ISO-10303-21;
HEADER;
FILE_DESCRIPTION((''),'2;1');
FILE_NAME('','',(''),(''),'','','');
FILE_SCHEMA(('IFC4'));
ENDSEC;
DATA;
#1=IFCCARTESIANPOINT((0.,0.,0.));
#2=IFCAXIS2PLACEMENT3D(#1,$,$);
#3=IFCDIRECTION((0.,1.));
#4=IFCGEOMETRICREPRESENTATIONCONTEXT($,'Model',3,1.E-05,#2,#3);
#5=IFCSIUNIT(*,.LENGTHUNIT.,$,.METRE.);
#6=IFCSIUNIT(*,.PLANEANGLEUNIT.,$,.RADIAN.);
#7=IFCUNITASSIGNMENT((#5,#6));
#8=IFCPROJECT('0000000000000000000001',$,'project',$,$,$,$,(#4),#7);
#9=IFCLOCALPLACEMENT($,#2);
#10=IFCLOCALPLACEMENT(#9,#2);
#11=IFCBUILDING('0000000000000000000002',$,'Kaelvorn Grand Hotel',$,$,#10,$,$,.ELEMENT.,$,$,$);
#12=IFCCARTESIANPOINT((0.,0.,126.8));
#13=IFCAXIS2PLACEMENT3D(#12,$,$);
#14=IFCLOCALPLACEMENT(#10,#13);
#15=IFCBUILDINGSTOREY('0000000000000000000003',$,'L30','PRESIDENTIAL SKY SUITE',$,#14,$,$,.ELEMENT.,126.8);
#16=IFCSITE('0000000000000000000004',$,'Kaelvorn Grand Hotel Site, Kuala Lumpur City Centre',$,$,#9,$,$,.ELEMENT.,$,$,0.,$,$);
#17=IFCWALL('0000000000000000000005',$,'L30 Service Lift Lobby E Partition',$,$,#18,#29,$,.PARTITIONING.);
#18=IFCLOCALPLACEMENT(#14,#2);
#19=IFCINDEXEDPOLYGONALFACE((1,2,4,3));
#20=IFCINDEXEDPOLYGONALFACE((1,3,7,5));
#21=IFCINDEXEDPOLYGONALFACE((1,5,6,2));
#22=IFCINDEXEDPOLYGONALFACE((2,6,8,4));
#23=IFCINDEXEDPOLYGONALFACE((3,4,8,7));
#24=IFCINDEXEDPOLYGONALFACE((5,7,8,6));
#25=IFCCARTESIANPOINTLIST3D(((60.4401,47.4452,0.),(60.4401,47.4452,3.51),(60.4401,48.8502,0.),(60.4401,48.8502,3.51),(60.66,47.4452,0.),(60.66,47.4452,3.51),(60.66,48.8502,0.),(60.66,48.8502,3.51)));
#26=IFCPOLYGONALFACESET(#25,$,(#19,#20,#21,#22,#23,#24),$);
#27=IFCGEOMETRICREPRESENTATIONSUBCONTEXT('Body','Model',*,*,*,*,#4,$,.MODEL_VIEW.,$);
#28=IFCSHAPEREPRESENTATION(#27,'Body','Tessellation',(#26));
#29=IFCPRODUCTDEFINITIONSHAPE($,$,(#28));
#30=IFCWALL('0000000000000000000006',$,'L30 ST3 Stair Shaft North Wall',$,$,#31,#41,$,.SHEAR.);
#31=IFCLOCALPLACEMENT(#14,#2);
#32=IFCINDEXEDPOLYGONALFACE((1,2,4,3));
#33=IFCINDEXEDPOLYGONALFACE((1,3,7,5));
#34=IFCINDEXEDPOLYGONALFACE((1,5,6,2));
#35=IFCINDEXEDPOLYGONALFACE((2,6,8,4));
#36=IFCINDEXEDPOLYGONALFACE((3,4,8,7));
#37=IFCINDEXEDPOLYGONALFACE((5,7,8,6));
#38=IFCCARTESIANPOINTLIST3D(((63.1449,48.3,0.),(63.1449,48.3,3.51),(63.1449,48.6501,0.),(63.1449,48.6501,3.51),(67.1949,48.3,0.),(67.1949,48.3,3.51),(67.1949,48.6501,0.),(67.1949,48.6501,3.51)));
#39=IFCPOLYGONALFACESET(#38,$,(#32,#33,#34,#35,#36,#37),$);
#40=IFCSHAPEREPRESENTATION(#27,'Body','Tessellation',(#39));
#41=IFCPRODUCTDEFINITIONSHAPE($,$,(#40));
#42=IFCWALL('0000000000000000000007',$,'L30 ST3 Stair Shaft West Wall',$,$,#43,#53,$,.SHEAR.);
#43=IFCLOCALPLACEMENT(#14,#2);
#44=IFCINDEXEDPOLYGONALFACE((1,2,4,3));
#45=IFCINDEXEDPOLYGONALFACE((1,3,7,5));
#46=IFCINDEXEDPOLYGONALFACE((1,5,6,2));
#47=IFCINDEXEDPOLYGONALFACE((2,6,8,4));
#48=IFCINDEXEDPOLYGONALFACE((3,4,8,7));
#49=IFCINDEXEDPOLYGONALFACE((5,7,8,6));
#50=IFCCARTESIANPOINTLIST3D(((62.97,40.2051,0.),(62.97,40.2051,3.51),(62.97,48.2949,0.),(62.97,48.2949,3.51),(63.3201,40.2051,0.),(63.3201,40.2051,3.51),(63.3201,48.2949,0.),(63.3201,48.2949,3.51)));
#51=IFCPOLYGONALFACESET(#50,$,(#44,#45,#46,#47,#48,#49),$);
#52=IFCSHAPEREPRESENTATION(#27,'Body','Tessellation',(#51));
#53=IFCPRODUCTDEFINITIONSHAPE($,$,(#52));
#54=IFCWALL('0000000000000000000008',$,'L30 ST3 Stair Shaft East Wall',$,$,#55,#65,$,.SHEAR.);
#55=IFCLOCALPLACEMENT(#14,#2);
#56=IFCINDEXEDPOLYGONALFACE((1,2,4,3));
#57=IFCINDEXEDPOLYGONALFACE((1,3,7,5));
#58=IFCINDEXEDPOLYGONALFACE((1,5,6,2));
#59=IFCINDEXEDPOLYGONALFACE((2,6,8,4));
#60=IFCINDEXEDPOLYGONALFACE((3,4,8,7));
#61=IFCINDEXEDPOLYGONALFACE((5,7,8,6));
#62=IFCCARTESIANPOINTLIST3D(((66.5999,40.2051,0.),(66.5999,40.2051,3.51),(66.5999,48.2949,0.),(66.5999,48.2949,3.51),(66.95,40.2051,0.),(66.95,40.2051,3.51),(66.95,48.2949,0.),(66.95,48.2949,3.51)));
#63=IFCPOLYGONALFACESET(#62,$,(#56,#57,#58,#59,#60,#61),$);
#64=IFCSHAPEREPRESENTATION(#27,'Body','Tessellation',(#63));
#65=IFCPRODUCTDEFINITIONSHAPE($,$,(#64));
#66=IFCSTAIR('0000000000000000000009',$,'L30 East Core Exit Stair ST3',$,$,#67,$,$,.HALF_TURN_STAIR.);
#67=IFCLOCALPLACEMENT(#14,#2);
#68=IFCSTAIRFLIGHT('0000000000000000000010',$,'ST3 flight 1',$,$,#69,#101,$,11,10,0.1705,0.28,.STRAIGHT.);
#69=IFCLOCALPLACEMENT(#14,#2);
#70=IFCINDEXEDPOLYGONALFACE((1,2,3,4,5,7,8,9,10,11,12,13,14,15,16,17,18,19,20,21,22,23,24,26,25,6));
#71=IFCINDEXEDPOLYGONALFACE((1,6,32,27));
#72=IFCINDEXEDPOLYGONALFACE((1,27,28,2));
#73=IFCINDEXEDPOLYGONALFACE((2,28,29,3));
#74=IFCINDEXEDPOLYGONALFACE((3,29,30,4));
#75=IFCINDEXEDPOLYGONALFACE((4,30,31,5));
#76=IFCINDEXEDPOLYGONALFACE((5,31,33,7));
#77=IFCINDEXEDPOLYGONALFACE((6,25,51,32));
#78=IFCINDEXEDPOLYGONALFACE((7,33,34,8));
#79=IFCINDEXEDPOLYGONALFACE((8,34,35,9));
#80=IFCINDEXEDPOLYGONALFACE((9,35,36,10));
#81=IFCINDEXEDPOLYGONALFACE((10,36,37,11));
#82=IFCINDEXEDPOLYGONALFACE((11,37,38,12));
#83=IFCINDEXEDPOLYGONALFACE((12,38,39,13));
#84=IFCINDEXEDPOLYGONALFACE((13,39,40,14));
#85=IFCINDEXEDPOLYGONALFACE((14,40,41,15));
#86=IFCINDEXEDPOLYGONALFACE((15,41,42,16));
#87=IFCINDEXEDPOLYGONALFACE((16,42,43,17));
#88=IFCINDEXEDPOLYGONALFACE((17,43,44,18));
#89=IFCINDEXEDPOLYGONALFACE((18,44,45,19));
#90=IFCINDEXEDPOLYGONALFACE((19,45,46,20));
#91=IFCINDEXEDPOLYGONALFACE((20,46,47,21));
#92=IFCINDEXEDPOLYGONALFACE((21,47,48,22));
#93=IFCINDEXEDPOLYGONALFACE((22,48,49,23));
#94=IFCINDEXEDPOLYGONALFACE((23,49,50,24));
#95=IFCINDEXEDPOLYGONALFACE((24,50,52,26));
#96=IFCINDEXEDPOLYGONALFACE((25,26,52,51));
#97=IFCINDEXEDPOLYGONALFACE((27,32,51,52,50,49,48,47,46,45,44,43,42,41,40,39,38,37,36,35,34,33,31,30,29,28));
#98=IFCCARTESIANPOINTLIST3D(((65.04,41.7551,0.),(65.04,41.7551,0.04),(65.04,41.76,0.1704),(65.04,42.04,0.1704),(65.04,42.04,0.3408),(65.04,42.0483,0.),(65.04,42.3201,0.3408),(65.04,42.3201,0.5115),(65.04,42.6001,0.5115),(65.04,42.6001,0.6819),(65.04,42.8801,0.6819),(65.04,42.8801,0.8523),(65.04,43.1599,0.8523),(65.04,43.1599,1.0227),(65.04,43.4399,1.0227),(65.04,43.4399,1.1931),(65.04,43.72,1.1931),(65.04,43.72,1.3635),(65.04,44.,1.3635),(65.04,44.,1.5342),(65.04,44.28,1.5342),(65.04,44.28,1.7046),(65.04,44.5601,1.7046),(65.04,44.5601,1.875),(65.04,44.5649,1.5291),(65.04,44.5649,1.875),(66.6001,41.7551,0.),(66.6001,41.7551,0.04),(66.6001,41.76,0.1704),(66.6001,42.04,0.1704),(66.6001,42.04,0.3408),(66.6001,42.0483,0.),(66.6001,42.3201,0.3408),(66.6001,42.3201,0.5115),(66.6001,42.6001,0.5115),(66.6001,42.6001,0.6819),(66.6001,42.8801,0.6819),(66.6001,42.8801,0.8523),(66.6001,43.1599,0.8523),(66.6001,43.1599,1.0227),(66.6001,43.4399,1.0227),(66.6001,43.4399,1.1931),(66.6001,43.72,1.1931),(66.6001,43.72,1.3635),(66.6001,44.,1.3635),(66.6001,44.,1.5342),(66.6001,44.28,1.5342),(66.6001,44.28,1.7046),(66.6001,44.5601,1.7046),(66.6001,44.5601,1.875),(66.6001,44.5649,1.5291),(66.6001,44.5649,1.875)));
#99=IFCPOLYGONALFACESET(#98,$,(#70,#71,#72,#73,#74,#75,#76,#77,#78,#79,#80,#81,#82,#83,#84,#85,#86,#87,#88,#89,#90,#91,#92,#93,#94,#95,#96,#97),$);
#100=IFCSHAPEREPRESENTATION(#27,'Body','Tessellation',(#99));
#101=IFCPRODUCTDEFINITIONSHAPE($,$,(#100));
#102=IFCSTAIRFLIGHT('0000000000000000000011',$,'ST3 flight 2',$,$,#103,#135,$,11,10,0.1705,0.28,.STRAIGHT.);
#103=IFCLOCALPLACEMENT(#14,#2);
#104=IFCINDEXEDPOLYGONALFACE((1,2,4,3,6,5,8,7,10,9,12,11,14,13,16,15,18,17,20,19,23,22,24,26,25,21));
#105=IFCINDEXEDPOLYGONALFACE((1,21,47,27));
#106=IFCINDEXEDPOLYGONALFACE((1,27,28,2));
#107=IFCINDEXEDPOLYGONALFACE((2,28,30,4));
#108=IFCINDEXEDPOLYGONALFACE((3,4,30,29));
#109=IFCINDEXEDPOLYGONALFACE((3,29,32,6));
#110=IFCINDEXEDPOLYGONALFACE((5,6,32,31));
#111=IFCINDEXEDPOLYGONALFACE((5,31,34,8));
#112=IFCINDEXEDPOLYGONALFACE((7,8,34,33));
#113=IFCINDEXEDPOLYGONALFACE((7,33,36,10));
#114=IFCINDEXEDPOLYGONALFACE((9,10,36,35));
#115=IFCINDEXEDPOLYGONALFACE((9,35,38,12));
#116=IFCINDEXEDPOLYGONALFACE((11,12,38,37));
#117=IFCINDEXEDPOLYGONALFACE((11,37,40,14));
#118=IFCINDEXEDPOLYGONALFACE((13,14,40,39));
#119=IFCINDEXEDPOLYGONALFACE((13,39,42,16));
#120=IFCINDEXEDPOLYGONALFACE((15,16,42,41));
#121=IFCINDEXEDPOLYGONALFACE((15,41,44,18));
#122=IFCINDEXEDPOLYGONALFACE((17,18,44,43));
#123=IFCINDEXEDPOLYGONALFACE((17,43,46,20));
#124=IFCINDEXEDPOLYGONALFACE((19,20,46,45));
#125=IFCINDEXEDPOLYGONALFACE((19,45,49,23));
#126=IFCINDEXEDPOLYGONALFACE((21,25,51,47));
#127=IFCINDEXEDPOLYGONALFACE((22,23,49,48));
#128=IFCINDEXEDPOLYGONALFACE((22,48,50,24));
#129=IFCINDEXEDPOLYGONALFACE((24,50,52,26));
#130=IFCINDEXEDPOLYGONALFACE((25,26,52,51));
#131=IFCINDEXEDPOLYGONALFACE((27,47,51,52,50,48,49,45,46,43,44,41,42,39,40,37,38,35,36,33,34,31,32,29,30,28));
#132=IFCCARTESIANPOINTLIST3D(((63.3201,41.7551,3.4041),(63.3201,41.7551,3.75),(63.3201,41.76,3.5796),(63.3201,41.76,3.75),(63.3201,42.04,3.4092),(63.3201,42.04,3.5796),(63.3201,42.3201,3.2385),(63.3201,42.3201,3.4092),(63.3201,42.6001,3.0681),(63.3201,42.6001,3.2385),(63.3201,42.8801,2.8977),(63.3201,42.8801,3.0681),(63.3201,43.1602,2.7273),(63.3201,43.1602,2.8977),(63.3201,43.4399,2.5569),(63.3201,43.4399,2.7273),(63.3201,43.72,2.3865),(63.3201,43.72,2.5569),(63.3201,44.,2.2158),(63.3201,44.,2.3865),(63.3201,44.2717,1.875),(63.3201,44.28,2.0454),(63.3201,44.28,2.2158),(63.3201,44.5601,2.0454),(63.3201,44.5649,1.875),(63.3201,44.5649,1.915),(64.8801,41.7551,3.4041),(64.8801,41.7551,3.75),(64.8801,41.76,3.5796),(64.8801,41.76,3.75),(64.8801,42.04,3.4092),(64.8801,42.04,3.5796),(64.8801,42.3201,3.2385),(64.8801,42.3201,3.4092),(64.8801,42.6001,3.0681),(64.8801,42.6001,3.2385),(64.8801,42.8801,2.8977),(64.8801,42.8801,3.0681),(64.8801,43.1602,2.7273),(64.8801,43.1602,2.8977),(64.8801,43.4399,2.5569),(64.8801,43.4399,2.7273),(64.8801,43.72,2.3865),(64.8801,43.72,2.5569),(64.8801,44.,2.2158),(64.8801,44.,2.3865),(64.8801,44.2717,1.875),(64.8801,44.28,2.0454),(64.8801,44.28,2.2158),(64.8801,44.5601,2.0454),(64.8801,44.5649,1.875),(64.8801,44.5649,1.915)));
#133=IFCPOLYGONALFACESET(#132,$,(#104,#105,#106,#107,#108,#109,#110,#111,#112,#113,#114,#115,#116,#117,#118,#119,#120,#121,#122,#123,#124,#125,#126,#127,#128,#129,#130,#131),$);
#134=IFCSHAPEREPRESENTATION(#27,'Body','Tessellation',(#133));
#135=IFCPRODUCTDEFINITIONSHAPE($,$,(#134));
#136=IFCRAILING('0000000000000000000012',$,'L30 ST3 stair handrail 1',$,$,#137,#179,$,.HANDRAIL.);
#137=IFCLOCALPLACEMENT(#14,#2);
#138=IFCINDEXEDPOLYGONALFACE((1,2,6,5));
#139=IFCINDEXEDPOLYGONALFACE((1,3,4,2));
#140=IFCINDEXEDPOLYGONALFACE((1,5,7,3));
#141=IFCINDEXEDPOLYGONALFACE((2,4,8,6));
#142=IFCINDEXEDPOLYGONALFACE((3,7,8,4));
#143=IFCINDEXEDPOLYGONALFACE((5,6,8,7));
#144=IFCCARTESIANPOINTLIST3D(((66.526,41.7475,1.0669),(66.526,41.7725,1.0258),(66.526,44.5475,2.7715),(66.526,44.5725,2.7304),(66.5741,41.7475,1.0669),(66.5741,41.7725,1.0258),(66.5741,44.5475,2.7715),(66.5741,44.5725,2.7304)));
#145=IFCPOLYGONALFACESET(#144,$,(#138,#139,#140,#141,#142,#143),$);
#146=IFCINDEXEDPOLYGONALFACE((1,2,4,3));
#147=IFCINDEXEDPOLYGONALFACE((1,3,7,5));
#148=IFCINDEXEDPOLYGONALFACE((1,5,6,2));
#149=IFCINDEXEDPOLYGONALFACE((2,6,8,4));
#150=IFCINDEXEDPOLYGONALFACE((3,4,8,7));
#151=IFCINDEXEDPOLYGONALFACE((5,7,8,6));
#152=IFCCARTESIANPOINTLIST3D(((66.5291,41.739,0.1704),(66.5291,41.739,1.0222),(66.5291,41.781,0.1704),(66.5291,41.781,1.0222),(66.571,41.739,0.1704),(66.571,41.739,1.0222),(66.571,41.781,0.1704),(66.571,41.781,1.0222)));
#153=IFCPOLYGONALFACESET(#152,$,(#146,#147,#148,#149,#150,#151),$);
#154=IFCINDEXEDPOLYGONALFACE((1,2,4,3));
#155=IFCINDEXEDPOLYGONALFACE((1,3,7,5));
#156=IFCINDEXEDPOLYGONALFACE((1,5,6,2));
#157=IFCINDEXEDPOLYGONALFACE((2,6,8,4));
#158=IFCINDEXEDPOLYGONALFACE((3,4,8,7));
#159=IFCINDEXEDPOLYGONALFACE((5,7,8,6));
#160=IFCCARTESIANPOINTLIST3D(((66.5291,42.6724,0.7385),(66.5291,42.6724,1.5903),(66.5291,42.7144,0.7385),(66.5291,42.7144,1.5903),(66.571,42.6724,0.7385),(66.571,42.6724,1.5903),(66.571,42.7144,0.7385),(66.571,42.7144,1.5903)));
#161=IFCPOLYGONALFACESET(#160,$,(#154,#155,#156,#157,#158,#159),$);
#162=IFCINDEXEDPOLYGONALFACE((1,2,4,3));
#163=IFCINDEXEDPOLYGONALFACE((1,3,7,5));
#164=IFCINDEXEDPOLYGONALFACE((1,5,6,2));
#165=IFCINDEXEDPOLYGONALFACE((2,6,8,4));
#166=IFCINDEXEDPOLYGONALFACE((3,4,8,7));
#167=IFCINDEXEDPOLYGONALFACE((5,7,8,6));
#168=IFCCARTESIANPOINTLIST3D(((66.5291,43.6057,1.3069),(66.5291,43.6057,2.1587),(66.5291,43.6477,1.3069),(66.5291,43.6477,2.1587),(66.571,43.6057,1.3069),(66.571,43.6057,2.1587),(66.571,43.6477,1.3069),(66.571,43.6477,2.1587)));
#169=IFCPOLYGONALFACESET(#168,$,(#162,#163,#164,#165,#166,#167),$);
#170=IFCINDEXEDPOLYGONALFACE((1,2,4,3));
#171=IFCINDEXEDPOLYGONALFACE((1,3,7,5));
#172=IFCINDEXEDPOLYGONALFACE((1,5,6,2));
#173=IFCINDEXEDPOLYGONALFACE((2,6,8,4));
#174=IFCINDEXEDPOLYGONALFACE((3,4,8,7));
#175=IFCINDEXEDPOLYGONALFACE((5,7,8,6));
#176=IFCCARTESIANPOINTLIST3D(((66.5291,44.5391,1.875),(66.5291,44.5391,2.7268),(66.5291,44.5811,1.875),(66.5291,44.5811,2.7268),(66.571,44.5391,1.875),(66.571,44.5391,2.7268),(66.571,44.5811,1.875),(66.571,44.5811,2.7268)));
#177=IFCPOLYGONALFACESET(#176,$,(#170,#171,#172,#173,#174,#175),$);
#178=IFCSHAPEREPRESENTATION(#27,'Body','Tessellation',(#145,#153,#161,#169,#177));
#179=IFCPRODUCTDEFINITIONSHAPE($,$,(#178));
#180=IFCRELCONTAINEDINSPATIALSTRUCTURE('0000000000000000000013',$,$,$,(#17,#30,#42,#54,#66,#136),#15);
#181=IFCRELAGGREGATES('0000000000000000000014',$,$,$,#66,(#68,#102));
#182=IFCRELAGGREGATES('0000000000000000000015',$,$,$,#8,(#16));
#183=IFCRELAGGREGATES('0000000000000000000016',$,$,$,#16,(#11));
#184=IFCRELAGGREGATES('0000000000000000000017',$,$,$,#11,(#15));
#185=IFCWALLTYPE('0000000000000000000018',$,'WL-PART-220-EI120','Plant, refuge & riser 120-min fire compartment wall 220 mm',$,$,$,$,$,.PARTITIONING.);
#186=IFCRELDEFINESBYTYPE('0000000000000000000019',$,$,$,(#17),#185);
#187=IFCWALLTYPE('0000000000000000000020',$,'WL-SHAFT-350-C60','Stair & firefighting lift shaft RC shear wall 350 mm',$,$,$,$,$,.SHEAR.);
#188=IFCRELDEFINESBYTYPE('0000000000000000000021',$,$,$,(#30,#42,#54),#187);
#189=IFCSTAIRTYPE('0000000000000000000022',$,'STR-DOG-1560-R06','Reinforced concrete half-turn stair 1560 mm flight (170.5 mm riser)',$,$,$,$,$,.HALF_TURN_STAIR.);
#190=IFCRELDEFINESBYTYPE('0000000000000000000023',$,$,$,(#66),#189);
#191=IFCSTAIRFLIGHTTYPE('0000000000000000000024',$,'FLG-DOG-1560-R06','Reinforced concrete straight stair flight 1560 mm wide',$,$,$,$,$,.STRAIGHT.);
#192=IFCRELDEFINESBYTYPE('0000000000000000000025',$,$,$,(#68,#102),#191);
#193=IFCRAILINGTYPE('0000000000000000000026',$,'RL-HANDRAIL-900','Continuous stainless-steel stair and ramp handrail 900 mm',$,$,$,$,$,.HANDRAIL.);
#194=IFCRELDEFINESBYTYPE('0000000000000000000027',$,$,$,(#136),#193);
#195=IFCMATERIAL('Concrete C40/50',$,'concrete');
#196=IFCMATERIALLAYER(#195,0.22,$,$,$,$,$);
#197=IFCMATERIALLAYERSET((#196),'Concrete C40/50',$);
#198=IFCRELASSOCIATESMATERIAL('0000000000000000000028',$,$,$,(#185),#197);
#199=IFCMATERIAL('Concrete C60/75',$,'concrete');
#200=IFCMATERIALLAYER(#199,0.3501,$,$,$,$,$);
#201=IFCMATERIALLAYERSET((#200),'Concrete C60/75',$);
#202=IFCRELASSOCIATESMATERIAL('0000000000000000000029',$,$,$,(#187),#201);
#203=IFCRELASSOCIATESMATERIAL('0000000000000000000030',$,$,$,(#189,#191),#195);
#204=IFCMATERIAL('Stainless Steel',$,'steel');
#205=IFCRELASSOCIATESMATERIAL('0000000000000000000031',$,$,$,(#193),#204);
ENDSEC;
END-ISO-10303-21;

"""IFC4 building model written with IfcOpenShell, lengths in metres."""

from ifc_helpers import new_model, si_unit, direction, frame, frame_2d, origin, origin_2d, place, context, subcontext, project, spatial, polyline, rectangle, outline, extrude, material, layer, layer_set, type_object, element, aggregate, save


model = new_model("IFC4")

# Units and contexts
model_context = context("Model", 3, precision=1e-05, world=origin(), true_north=direction((0.0, 1.0)))
body_context = subcontext(model_context, "Body", "Model", "MODEL_VIEW")
ifc_project = project(units=[si_unit("LENGTHUNIT", "METRE"), si_unit("PLANEANGLEUNIT", "RADIAN")], contexts=[model_context])

# Site, building, storey
site_placement = place(None, origin())
site = spatial("IfcSite", under=ifc_project, at=site_placement, Name="Kaelvorn Grand Hotel Site, Kuala Lumpur City Centre", CompositionType="ELEMENT", RefElevation=0.0)
building_placement = place(site_placement, origin())
building = spatial("IfcBuilding", under=site, at=building_placement, Name="Kaelvorn Grand Hotel", CompositionType="ELEMENT")
storey_placement = place(building_placement, frame((0.0, 0.0, 126.8)))
storey = spatial("IfcBuildingStorey", under=building, at=storey_placement, Name="L30", Description="PRESIDENTIAL SKY SUITE", CompositionType="ELEMENT", Elevation=126.8)

# Shared definitions
ifc_material_1 = material(Name="Concrete C60/75", Category="concrete")

# Wall
ifc_material_2 = material(Name="Concrete C40/50", Category="concrete")
ifc_layer_1 = layer(ifc_material_2, 0.22)
ifc_layer_set_1 = layer_set([ifc_layer_1], Name="Concrete C40/50")
wall_type_1 = type_object("IfcWallType", Name="WL-PART-220-EI120", Description="Plant, refuge & riser 120-min fire compartment wall 220 mm", PredefinedType="PARTITIONING", material=ifc_layer_set_1)
wall_1_placement = place(storey_placement, frame((60.55, 47.4451, 0.0), z_axis=(0.0, 0.0, 1.0), x_axis=(0.0, 1.0, 0.0)))
element("IfcWall", 1, at=wall_1_placement, inside=storey, type_object=wall_type_1, Name="L30 Service Lift Lobby E Partition", PredefinedType="PARTITIONING", context=body_context, shape_type="SweptSolid", body=[
    extrude(rectangle(XDim=1.405, YDim=0.22, at=frame_2d((0.7026, 0.0))), origin(), (0.0, 0.0, 1.0), 3.51),
])

# Shared definitions
ifc_layer_2 = layer(ifc_material_1, 0.3501)
ifc_layer_set_2 = layer_set([ifc_layer_2], Name="Concrete C60/75")
wall_type_2 = type_object("IfcWallType", Name="WL-SHAFT-350-C60", Description="Stair & firefighting lift shaft RC shear wall 350 mm", PredefinedType="SHEAR", material=ifc_layer_set_2)

# Walls
wall_2_placement = place(storey_placement, frame((63.145, 48.4751, 0.0), z_axis=(0.0, 0.0, 1.0), x_axis=(1.0, 0.0, 0.0)))
element("IfcWall", 2, at=wall_2_placement, inside=storey, type_object=wall_type_2, Name="L30 ST3 Stair Shaft North Wall", PredefinedType="SHEAR", context=body_context, shape_type="SweptSolid", body=[
    extrude(rectangle(XDim=4.05, YDim=0.3501, at=frame_2d((2.0249, 0.0))), origin(), (0.0, 0.0, 1.0), 3.51),
])
for number, where, z_axis, x_axis, name in (
    (3, (63.145, 40.2051, 0.0), (0.0, 0.0, 1.0), (0.0, 1.0, 0.0), "L30 ST3 Stair Shaft West Wall"),
    (4, (66.7749, 40.2051, 0.0), (0.0, 0.0, 1.0), (0.0, 1.0, 0.0), "L30 ST3 Stair Shaft East Wall"),
):
    element("IfcWall", number, at=place(storey_placement, frame(where, z_axis=z_axis, x_axis=x_axis)), inside=storey, type_object=wall_type_2, Name=name, PredefinedType="SHEAR", context=body_context, shape_type="SweptSolid", body=[
        extrude(rectangle(XDim=8.0898, YDim=0.3501, at=frame_2d((4.0449, 0.0))), origin(), (0.0, 0.0, 1.0), 3.51),
    ])

# Stair, stair flights
stair_type = type_object("IfcStairType", Name="STR-DOG-1560-R06", Description="Reinforced concrete half-turn stair 1560 mm flight (170.5 mm riser)", PredefinedType="HALF_TURN_STAIR", material=ifc_material_2)
stair_placement = place(storey_placement, origin())
stair = element("IfcStair", 5, at=stair_placement, inside=storey, type_object=stair_type, Name="L30 East Core Exit Stair ST3", PredefinedType="HALF_TURN_STAIR")
stair_flight_type = type_object("IfcStairFlightType", Name="FLG-DOG-1560-R06", Description="Reinforced concrete straight stair flight 1560 mm wide", PredefinedType="STRAIGHT", material=ifc_material_2)
stair_flight_1_placement = place(storey_placement, frame((65.8201, 41.76, 0.0), z_axis=(0.0, 0.0, 1.0), x_axis=(0.0, 1.0, 0.0)))
stair_flight_1 = element("IfcStairFlight", 6, at=stair_flight_1_placement, type_object=stair_flight_type, Name="ST3 flight 1", NumberOfRisers=11, NumberOfTreads=10, PredefinedType="STRAIGHT", RiserHeight=0.1705, TreadLength=0.28, context=body_context, shape_type="SweptSolid", body=[
    extrude(outline(polyline([(-0.0049, 0.0), (-0.0049, 0.04), (0.0, 0.1704), (0.28, 0.1704), (0.28, 0.3408), (0.5601, 0.3408), (0.5601, 0.5115), (0.8401, 0.5115), (0.8401, 0.6819), (1.1201, 0.6819), (1.1201, 0.8523), (1.3999, 0.8523), (1.3999, 1.0227), (1.6799, 1.0227), (1.6799, 1.1931), (1.96, 1.1931), (1.96, 1.3635), (2.24, 1.3635), (2.24, 1.5342), (2.52, 1.5342), (2.52, 1.7046), (2.8, 1.7046), (2.8, 1.875), (2.8049, 1.875), (2.8049, 1.5291), (0.2883, 0.0), (-0.0049, 0.0)])), frame((0.0, 0.78, 0.0), z_axis=(0.0, -1.0, 0.0), x_axis=(1.0, 0.0, 0.0)), (0.0, 0.0, 1.0), 1.5601),
])
stair_flight_2_placement = place(storey_placement, frame((64.1001, 44.5601, 1.875), z_axis=(0.0, 0.0, 1.0), x_axis=(0.0, -1.0, 0.0)))
stair_flight_2 = element("IfcStairFlight", 7, at=stair_flight_2_placement, type_object=stair_flight_type, Name="ST3 flight 2", NumberOfRisers=11, NumberOfTreads=10, PredefinedType="STRAIGHT", RiserHeight=0.1705, TreadLength=0.28, context=body_context, shape_type="SweptSolid", body=[
    extrude(outline(polyline([(-0.0049, 0.0), (-0.0049, 0.04), (0.0, 0.1704), (0.28, 0.1704), (0.28, 0.3408), (0.5601, 0.3408), (0.5601, 0.5115), (0.8401, 0.5115), (0.8401, 0.6819), (1.1201, 0.6819), (1.1201, 0.8523), (1.3999, 0.8523), (1.3999, 1.0227), (1.6799, 1.0227), (1.6799, 1.1931), (1.96, 1.1931), (1.96, 1.3635), (2.24, 1.3635), (2.24, 1.5342), (2.52, 1.5342), (2.52, 1.7046), (2.8, 1.7046), (2.8, 1.875), (2.8049, 1.875), (2.8049, 1.5291), (0.2883, 0.0), (-0.0049, 0.0)])), frame((0.0, 0.78, 0.0), z_axis=(0.0, -1.0, 0.0), x_axis=(1.0, 0.0, 0.0)), (0.0, 0.0, 1.0), 1.5601),
])
aggregate(stair, [stair_flight_1, stair_flight_2])

# Railing
ifc_material_3 = material(Name="Stainless Steel", Category="steel")
railing_type_1 = type_object("IfcRailingType", Name="RL-HANDRAIL-900", Description="Continuous stainless-steel stair and ramp handrail 900 mm", PredefinedType="HANDRAIL", material=ifc_material_3)
railing_1_placement = place(storey_placement, frame((66.55, 41.76, 0.1704)))
element("IfcRailing", 8, at=railing_1_placement, inside=storey, type_object=railing_type_1, Name="L30 ST3 stair handrail 1", PredefinedType="HANDRAIL", context=body_context, shape_type="SweptSolid", body=[
    extrude(rectangle(XDim=0.0481, YDim=0.0481, at=origin_2d()), frame((0.0, 0.0, 0.876), z_axis=(0.0, 0.85417, 0.519994), x_axis=(-1.0, 0.0, 0.0)), (0.0, 0.0, 1.0), 3.2781),
    extrude(rectangle(XDim=0.042, YDim=0.042, at=origin_2d()), origin(), (0.0, 0.0, 1.0), 0.8518),
    extrude(rectangle(XDim=0.042, YDim=0.042, at=origin_2d()), frame((0.0, 0.9333, 0.5681)), (0.0, 0.0, 1.0), 0.8518),
    extrude(rectangle(XDim=0.042, YDim=0.042, at=origin_2d()), frame((0.0, 1.8667, 1.1365)), (0.0, 0.0, 1.0), 0.8518),
    extrude(rectangle(XDim=0.042, YDim=0.042, at=origin_2d()), frame((0.0, 2.8, 1.7046)), (0.0, 0.0, 1.0), 0.8518),
])

save(model, "model.ifc")
